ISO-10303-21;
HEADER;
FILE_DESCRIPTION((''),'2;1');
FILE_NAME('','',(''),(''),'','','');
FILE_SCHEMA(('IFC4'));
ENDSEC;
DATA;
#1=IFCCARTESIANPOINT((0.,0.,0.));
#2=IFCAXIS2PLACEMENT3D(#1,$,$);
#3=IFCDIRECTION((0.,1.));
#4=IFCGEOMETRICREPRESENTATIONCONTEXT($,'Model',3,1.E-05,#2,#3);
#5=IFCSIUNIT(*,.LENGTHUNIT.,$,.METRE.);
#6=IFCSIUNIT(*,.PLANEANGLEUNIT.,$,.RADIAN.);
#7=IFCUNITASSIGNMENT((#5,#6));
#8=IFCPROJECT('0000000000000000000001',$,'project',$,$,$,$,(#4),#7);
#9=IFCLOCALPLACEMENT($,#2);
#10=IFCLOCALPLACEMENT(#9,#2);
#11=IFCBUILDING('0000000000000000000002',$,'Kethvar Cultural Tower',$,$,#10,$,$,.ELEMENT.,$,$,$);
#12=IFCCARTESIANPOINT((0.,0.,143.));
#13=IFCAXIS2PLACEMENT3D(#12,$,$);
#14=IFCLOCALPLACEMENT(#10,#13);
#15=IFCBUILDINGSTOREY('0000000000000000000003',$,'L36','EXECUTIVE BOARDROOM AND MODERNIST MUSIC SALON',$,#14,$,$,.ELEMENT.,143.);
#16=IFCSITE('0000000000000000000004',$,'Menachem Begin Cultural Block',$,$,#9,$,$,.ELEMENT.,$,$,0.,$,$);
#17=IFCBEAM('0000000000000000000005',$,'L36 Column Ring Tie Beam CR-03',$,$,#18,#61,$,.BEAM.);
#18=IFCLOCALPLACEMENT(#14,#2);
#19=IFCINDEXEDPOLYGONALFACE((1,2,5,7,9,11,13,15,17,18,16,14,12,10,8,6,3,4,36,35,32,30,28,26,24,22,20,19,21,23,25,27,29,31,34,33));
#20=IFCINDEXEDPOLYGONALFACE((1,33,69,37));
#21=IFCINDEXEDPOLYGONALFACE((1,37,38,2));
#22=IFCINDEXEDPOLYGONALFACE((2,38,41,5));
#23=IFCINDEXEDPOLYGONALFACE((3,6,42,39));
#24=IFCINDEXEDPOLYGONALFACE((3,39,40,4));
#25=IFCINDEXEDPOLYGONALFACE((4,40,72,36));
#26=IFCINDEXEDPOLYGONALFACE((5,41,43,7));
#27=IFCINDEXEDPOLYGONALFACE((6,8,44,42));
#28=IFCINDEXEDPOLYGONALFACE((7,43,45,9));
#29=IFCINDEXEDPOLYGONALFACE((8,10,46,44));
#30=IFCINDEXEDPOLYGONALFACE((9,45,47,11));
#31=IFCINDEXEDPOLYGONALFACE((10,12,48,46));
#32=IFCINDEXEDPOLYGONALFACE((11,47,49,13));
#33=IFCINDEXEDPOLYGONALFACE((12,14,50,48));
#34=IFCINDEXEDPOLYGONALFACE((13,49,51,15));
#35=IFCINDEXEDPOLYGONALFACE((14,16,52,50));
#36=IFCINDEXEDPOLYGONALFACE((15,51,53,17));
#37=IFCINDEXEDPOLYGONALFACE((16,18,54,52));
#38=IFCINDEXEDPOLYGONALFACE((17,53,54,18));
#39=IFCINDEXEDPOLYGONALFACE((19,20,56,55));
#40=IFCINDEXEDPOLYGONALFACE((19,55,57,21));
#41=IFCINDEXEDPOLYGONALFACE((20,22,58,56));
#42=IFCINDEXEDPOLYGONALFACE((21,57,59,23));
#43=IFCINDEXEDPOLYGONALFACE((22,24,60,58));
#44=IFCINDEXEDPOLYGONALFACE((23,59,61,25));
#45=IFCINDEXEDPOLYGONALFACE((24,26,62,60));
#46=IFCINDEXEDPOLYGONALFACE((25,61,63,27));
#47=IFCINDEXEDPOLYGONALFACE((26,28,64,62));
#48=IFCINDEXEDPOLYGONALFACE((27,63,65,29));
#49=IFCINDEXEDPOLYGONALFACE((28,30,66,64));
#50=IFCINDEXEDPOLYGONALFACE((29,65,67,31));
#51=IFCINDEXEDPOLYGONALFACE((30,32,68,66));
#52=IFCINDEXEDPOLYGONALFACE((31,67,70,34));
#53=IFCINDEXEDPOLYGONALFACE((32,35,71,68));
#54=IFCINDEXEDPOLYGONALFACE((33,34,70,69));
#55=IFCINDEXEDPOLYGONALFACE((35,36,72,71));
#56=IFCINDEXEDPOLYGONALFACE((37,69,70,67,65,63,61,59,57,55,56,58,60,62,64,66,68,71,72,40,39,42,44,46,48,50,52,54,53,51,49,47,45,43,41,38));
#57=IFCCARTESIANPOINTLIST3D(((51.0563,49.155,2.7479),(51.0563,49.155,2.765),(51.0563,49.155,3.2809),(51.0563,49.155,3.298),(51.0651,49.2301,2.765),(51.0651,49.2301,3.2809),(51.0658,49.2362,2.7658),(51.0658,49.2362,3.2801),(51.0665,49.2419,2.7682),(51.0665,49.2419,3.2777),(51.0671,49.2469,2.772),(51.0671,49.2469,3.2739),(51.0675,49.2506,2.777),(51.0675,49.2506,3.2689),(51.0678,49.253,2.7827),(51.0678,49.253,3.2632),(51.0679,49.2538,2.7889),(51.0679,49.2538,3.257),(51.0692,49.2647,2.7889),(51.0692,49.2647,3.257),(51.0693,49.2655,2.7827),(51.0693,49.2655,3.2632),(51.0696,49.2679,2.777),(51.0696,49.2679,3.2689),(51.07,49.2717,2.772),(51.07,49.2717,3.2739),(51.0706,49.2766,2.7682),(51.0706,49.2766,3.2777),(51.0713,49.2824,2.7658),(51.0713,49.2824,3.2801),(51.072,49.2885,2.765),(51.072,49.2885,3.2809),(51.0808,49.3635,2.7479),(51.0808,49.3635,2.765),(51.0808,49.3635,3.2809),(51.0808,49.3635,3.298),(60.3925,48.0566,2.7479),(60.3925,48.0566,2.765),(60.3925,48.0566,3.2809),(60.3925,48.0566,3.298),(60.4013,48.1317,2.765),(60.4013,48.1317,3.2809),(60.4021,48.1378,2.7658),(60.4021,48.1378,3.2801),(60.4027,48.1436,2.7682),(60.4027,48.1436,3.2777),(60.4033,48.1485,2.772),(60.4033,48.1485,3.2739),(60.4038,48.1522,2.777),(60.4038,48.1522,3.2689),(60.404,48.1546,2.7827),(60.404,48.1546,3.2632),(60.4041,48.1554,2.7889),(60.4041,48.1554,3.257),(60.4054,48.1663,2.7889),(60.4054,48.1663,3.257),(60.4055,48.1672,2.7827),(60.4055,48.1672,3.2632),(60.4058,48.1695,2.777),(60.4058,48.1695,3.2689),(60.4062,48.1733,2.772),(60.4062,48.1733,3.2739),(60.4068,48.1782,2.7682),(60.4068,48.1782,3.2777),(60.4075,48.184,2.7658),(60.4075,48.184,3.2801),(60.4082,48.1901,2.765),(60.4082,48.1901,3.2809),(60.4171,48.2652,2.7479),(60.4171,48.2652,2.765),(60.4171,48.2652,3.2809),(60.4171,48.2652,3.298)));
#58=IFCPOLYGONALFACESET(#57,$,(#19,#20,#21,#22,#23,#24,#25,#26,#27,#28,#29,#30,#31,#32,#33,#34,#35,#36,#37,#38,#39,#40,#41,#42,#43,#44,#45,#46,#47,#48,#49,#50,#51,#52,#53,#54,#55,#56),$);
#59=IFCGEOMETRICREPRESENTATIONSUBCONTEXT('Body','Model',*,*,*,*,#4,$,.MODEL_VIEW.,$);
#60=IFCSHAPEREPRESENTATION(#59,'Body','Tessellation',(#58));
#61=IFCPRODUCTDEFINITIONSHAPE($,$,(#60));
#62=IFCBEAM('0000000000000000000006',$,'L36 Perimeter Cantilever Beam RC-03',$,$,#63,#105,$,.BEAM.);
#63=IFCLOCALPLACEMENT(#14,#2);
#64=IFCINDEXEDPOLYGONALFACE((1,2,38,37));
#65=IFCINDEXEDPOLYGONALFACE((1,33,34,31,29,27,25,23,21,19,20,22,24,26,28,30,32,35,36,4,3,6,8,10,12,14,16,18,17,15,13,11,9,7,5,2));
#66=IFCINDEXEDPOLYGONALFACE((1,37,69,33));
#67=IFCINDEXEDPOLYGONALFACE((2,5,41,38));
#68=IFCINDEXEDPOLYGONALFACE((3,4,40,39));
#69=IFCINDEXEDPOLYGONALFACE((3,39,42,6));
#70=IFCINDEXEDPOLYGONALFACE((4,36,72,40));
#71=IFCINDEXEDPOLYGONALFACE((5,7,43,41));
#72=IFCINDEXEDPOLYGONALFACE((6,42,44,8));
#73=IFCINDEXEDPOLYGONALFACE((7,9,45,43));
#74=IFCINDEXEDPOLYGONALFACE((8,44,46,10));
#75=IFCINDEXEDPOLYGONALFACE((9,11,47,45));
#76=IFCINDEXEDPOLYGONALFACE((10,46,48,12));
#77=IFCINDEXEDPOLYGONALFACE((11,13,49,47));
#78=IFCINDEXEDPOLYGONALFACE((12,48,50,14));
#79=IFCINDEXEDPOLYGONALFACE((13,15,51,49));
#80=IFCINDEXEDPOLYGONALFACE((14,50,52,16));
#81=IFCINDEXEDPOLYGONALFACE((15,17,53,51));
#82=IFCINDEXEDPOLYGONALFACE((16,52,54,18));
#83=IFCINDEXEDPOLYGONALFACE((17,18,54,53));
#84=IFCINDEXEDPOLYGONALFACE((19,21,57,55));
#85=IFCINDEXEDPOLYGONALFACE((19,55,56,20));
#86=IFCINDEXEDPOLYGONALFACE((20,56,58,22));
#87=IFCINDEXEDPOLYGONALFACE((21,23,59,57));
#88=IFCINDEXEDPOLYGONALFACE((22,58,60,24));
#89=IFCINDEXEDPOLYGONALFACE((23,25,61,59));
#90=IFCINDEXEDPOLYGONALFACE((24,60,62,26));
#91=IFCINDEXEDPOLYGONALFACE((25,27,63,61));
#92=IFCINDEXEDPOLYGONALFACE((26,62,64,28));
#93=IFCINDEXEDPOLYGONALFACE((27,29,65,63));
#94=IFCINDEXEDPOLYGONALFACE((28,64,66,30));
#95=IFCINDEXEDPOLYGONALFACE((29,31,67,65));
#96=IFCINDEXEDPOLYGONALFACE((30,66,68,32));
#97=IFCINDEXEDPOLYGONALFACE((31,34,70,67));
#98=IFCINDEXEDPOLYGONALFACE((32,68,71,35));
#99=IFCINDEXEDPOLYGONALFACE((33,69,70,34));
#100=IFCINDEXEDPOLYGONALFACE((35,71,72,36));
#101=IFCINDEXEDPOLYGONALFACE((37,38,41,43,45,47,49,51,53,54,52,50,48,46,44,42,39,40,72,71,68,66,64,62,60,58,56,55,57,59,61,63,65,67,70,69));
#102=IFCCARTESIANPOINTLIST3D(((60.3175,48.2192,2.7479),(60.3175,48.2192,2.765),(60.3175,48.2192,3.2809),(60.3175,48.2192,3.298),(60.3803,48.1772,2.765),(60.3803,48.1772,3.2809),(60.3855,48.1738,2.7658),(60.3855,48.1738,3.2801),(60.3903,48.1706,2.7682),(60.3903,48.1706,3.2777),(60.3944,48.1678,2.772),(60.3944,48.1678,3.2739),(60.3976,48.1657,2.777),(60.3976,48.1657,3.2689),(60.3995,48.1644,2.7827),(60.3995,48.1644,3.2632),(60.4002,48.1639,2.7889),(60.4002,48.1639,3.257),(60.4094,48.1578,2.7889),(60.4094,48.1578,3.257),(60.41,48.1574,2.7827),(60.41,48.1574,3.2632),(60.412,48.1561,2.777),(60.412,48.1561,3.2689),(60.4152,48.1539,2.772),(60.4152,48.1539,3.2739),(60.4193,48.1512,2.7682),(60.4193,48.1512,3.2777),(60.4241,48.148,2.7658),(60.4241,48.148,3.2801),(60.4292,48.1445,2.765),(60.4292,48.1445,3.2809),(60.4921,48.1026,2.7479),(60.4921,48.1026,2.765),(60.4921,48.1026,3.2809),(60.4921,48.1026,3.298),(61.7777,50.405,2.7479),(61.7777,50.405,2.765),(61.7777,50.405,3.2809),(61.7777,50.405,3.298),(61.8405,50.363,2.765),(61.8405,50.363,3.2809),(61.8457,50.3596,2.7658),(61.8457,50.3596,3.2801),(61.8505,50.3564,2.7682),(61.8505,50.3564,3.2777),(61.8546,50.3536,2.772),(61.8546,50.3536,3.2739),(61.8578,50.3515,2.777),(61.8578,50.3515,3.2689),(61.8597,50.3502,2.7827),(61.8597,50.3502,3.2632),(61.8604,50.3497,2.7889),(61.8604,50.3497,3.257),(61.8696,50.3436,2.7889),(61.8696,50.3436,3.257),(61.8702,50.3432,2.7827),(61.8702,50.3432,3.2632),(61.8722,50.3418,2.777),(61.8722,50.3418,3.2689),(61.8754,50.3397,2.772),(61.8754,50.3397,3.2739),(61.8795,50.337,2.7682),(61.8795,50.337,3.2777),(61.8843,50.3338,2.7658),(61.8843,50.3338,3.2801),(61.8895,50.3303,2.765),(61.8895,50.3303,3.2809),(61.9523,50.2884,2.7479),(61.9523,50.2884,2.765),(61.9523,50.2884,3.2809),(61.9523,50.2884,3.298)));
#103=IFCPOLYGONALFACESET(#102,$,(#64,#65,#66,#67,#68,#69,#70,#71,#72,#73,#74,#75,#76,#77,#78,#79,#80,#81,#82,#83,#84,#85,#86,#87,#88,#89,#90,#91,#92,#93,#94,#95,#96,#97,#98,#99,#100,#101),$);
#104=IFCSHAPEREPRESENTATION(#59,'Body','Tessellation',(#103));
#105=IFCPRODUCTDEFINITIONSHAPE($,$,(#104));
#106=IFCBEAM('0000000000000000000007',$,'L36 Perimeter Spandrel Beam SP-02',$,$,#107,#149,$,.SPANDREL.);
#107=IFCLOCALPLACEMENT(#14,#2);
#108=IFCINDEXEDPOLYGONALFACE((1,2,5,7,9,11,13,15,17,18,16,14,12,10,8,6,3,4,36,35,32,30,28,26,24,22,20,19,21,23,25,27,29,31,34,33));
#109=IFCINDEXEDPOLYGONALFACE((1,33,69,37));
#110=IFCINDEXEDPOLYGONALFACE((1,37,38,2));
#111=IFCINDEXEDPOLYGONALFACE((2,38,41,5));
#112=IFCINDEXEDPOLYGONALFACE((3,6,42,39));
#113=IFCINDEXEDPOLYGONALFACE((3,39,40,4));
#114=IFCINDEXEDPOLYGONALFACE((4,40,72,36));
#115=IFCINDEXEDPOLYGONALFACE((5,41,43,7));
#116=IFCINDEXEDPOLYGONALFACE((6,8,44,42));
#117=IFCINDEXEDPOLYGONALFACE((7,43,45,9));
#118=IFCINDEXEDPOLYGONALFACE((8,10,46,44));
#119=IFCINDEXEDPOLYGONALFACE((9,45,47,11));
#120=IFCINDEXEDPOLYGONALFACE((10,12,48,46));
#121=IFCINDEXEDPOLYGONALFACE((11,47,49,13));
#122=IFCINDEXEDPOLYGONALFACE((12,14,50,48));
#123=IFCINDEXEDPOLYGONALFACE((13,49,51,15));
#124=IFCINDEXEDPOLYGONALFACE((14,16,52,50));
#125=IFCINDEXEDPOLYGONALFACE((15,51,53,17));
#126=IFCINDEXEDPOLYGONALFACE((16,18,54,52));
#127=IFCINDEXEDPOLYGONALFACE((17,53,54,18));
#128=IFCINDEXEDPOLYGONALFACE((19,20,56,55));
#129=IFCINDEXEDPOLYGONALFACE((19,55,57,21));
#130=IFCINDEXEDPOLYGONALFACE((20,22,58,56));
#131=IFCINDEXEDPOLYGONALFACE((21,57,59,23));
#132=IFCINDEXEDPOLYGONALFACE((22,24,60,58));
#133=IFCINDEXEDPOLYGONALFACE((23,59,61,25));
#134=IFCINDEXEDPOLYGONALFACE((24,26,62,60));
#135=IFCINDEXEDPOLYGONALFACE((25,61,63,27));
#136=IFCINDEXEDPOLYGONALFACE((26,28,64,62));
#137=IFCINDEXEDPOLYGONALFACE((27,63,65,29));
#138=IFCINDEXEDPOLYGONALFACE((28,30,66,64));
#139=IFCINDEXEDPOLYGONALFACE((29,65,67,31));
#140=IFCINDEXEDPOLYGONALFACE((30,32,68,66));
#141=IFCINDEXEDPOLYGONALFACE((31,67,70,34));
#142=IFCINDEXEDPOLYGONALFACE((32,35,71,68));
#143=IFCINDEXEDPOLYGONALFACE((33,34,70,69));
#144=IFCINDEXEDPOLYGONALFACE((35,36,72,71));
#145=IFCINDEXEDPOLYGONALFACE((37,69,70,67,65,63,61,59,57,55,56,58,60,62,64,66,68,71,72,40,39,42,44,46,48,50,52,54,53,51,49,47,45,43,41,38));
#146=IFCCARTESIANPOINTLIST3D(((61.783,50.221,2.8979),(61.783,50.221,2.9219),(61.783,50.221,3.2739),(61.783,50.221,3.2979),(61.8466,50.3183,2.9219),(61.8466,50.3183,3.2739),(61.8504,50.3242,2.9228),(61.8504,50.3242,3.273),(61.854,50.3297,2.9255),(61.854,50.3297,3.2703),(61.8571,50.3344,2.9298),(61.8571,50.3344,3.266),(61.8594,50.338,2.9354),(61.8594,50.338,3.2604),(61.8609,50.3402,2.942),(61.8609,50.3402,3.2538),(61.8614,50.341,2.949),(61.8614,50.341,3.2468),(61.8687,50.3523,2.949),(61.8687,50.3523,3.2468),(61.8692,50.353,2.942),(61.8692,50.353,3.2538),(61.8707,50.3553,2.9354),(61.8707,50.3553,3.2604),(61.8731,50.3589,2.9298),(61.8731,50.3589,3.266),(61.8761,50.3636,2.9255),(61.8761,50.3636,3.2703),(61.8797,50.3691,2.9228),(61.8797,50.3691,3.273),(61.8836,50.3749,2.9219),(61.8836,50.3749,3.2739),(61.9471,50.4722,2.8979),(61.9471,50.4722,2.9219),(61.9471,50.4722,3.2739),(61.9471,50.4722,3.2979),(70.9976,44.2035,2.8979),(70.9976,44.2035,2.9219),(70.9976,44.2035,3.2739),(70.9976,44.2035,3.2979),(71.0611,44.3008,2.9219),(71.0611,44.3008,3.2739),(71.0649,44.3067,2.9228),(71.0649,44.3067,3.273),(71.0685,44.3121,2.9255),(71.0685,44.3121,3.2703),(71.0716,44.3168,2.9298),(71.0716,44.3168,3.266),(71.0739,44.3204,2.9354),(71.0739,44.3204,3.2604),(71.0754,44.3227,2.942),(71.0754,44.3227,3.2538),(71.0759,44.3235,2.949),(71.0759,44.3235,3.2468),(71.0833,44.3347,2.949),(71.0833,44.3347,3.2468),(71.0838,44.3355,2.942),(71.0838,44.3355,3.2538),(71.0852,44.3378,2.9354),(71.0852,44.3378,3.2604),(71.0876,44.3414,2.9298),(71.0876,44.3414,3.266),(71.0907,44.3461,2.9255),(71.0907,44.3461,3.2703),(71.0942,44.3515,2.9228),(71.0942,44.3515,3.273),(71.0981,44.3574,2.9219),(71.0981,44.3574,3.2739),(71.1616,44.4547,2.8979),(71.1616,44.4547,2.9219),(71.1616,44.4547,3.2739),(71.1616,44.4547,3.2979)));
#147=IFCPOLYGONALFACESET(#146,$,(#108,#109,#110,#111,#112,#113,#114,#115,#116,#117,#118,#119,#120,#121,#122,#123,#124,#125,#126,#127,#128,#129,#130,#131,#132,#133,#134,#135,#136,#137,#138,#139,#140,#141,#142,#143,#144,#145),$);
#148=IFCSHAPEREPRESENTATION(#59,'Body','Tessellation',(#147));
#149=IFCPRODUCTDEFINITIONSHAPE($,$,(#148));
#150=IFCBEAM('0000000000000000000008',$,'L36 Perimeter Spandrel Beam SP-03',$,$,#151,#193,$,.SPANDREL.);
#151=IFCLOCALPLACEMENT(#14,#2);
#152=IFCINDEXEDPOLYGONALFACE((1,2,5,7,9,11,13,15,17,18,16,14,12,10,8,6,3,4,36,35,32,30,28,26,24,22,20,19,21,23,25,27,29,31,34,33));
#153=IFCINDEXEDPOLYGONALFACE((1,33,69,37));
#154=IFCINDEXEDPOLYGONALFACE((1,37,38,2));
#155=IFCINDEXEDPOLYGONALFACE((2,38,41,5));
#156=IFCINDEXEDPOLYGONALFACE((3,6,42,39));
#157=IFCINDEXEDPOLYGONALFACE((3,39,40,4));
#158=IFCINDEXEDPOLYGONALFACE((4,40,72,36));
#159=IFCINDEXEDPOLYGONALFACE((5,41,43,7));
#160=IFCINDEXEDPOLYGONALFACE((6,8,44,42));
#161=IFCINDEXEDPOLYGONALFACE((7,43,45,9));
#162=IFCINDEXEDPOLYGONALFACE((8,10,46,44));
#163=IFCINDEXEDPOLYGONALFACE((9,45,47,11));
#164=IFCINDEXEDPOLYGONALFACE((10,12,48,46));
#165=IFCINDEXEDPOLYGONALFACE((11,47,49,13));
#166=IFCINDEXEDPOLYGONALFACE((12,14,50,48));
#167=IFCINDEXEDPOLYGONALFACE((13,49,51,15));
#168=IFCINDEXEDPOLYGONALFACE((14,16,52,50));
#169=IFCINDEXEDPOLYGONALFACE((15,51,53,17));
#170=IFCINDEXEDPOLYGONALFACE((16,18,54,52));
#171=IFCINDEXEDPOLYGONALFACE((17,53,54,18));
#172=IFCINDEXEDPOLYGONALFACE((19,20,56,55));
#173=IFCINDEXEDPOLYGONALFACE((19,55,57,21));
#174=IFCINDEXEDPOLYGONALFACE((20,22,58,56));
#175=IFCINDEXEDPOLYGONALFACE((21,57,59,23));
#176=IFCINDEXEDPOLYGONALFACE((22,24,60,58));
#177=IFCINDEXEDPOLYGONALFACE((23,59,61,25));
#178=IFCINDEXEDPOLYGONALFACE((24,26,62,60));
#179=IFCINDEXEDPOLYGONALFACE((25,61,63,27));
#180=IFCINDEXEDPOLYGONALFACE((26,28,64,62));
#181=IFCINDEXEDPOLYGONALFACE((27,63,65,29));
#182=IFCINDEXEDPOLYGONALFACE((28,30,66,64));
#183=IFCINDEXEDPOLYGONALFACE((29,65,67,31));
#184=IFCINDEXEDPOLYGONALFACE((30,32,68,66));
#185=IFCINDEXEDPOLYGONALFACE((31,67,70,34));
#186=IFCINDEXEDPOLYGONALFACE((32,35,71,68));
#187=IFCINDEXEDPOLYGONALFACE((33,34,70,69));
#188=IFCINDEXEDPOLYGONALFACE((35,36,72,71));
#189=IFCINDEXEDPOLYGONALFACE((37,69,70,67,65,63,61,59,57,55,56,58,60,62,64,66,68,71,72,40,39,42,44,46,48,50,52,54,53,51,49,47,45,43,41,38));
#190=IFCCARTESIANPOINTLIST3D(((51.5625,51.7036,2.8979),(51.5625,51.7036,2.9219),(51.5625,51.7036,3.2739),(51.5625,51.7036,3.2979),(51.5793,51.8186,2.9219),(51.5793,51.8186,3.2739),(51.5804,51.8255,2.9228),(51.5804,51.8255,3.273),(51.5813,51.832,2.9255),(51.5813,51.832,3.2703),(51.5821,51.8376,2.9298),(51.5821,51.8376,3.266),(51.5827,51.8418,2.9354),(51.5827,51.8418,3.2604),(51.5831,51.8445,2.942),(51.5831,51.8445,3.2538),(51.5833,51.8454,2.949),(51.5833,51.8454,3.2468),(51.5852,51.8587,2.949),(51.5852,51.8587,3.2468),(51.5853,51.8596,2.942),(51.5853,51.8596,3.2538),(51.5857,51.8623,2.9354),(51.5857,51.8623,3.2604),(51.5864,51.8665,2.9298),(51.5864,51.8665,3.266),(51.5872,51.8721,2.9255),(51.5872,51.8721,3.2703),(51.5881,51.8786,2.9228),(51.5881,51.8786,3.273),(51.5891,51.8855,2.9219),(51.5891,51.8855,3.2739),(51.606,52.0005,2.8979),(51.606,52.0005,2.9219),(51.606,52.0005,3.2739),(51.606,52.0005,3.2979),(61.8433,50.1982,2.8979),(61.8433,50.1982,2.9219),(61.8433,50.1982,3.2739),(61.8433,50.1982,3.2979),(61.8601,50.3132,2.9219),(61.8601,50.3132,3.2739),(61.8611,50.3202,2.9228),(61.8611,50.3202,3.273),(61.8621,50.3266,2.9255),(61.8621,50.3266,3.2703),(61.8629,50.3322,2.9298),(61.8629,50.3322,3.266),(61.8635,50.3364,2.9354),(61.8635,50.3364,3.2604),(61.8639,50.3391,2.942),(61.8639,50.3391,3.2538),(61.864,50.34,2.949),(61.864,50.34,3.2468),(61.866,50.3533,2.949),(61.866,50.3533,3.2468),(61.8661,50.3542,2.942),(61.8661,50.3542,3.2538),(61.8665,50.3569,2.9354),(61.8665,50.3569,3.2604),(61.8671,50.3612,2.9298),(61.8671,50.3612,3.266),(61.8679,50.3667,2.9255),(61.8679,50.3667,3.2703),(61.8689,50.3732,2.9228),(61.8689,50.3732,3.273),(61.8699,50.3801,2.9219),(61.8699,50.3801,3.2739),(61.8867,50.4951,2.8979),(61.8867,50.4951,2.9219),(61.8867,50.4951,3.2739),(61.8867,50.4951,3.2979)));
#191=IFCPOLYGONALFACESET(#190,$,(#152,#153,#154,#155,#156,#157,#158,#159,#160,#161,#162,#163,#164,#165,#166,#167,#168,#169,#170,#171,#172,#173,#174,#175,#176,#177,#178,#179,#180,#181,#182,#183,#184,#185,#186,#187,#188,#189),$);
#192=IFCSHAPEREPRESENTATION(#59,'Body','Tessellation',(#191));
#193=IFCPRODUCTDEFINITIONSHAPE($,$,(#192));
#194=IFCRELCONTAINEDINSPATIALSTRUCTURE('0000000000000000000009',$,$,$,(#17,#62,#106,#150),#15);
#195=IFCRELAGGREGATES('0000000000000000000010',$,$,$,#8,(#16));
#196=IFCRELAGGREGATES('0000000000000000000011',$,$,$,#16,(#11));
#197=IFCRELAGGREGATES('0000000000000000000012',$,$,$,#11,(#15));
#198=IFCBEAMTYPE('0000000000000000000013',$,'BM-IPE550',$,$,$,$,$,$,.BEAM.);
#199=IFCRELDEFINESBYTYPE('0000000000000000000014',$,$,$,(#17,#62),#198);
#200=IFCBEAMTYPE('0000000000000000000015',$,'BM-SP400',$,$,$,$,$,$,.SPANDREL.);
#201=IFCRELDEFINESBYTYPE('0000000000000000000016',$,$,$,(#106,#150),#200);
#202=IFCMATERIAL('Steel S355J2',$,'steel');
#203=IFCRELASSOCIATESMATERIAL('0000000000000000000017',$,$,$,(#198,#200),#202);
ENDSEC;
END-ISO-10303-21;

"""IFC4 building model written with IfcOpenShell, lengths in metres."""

from ifc_helpers import new_model, si_unit, direction, frame, origin, origin_2d, place, context, subcontext, project, spatial, i_section, extrude, source, transform, mapped, material, material_profile, profile_set, type_object, element, save


model = new_model("IFC4")

# Units and contexts
model_context = context("Model", 3, precision=1e-05, world=origin(), true_north=direction((0.0, 1.0)))
body_context = subcontext(model_context, "Body", "Model", "MODEL_VIEW")
ifc_project = project(units=[si_unit("LENGTHUNIT", "METRE"), si_unit("PLANEANGLEUNIT", "RADIAN")], contexts=[model_context])

# Site, building, storey
site_placement = place(None, origin())
site = spatial("IfcSite", under=ifc_project, at=site_placement, Name="Menachem Begin Cultural Block", CompositionType="ELEMENT", RefElevation=0.0)
building_placement = place(site_placement, origin())
building = spatial("IfcBuilding", under=site, at=building_placement, Name="Kethvar Cultural Tower", CompositionType="ELEMENT")
storey_placement = place(building_placement, frame((0.0, 0.0, 143.0)))
storey = spatial("IfcBuildingStorey", under=building, at=storey_placement, Name="L36", Description="EXECUTIVE BOARDROOM AND MODERNIST MUSIC SALON", CompositionType="ELEMENT", Elevation=143.0)

# Beams
ifc_material_1 = material(Name="Steel S355J2", Category="steel")
ifc_material_profile_1 = material_profile(ifc_material_1, i_section(OverallWidth=0.21, OverallDepth=0.55, WebThickness=0.011, FlangeThickness=0.0171, FilletRadius=0.0239, at=origin_2d()), Name="Steel S355J2 — IPE550")
ifc_profile_set_1 = profile_set([ifc_material_profile_1], Name="Steel S355J2 — IPE550")
beam_type_1 = type_object("IfcBeamType", Name="BM-IPE550", PredefinedType="BEAM", material=ifc_profile_set_1)
shared_shape_1 = source(origin(), body_context, "Body", "SweptSolid", [
    extrude(i_section(OverallWidth=0.21, OverallDepth=0.55, WebThickness=0.011, FlangeThickness=0.0171, FilletRadius=0.0239, at=origin_2d()), origin(), (0.0, 0.0, 1.0), 9.4006),
])
beam_1_placement = place(storey_placement, frame((60.4048, 48.1609, 3.0229), z_axis=(-0.99315, 0.116843, 0.0), x_axis=(-0.116843, -0.99315, 0.0)))
element("IfcBeam", 1, at=beam_1_placement, inside=storey, type_object=beam_type_1, Name="L36 Column Ring Tie Beam CR-03", PredefinedType="BEAM", context=body_context, shape_type="MappedRepresentation", body=[
    mapped(shared_shape_1, transform((0.0, 0.0, 0.0), scale=1.0)),
])
shared_shape_2 = source(origin(), body_context, "Body", "SweptSolid", [
    extrude(i_section(OverallWidth=0.21, OverallDepth=0.55, WebThickness=0.011, FlangeThickness=0.0171, FilletRadius=0.0239, at=origin_2d()), origin(), (0.0, 0.0, 1.0), 2.6287),
])
beam_2_placement = place(storey_placement, frame((60.4048, 48.1609, 3.0229), z_axis=(0.555493, 0.831521, 0.0), x_axis=(-0.831521, 0.555493, 0.0)))
element("IfcBeam", 2, at=beam_2_placement, inside=storey, type_object=beam_type_1, Name="L36 Perimeter Cantilever Beam RC-03", PredefinedType="BEAM", context=body_context, shape_type="MappedRepresentation", body=[
    mapped(shared_shape_2, transform((0.0, 0.0, 0.0), scale=1.0)),
])
ifc_material_profile_2 = material_profile(ifc_material_1, i_section(OverallWidth=0.3, OverallDepth=0.3999, WebThickness=0.0134, FlangeThickness=0.0239, FilletRadius=0.0271, at=origin_2d()), Name="Steel S355J2 — HEB400")
ifc_profile_set_2 = profile_set([ifc_material_profile_2], Name="Steel S355J2 — HEB400")
beam_type_2 = type_object("IfcBeamType", Name="BM-SP400", PredefinedType="SPANDREL", material=ifc_profile_set_2)
shared_shape_3 = source(origin(), body_context, "Body", "SweptSolid", [
    extrude(i_section(OverallWidth=0.3, OverallDepth=0.3999, WebThickness=0.0134, FlangeThickness=0.0239, FilletRadius=0.0271, at=origin_2d()), origin(), (0.0, 0.0, 1.0), 11.0054),
])
beam_3_placement = place(storey_placement, frame((71.0796, 44.3291, 3.0979), z_axis=(-0.837275, 0.546781, 0.0), x_axis=(-0.546781, -0.837275, 0.0)))
element("IfcBeam", 3, at=beam_3_placement, inside=storey, type_object=beam_type_2, Name="L36 Perimeter Spandrel Beam SP-02", PredefinedType="SPANDREL", context=body_context, shape_type="MappedRepresentation", body=[
    mapped(shared_shape_3, transform((0.0, 0.0, 0.0), scale=1.0)),
])
shared_shape_4 = source(origin(), body_context, "Body", "SweptSolid", [
    extrude(i_section(OverallWidth=0.3, OverallDepth=0.3999, WebThickness=0.0134, FlangeThickness=0.0239, FilletRadius=0.0271, at=origin_2d()), origin(), (0.0, 0.0, 1.0), 10.3904),
])
beam_4_placement = place(storey_placement, frame((61.865, 50.3467, 3.0979), z_axis=(-0.989449, 0.144881, 0.0), x_axis=(-0.144881, -0.989449, 0.0)))
element("IfcBeam", 4, at=beam_4_placement, inside=storey, type_object=beam_type_2, Name="L36 Perimeter Spandrel Beam SP-03", PredefinedType="SPANDREL", context=body_context, shape_type="MappedRepresentation", body=[
    mapped(shared_shape_4, transform((0.0, 0.0, 0.0), scale=1.0)),
])

save(model, "model.ifc")
